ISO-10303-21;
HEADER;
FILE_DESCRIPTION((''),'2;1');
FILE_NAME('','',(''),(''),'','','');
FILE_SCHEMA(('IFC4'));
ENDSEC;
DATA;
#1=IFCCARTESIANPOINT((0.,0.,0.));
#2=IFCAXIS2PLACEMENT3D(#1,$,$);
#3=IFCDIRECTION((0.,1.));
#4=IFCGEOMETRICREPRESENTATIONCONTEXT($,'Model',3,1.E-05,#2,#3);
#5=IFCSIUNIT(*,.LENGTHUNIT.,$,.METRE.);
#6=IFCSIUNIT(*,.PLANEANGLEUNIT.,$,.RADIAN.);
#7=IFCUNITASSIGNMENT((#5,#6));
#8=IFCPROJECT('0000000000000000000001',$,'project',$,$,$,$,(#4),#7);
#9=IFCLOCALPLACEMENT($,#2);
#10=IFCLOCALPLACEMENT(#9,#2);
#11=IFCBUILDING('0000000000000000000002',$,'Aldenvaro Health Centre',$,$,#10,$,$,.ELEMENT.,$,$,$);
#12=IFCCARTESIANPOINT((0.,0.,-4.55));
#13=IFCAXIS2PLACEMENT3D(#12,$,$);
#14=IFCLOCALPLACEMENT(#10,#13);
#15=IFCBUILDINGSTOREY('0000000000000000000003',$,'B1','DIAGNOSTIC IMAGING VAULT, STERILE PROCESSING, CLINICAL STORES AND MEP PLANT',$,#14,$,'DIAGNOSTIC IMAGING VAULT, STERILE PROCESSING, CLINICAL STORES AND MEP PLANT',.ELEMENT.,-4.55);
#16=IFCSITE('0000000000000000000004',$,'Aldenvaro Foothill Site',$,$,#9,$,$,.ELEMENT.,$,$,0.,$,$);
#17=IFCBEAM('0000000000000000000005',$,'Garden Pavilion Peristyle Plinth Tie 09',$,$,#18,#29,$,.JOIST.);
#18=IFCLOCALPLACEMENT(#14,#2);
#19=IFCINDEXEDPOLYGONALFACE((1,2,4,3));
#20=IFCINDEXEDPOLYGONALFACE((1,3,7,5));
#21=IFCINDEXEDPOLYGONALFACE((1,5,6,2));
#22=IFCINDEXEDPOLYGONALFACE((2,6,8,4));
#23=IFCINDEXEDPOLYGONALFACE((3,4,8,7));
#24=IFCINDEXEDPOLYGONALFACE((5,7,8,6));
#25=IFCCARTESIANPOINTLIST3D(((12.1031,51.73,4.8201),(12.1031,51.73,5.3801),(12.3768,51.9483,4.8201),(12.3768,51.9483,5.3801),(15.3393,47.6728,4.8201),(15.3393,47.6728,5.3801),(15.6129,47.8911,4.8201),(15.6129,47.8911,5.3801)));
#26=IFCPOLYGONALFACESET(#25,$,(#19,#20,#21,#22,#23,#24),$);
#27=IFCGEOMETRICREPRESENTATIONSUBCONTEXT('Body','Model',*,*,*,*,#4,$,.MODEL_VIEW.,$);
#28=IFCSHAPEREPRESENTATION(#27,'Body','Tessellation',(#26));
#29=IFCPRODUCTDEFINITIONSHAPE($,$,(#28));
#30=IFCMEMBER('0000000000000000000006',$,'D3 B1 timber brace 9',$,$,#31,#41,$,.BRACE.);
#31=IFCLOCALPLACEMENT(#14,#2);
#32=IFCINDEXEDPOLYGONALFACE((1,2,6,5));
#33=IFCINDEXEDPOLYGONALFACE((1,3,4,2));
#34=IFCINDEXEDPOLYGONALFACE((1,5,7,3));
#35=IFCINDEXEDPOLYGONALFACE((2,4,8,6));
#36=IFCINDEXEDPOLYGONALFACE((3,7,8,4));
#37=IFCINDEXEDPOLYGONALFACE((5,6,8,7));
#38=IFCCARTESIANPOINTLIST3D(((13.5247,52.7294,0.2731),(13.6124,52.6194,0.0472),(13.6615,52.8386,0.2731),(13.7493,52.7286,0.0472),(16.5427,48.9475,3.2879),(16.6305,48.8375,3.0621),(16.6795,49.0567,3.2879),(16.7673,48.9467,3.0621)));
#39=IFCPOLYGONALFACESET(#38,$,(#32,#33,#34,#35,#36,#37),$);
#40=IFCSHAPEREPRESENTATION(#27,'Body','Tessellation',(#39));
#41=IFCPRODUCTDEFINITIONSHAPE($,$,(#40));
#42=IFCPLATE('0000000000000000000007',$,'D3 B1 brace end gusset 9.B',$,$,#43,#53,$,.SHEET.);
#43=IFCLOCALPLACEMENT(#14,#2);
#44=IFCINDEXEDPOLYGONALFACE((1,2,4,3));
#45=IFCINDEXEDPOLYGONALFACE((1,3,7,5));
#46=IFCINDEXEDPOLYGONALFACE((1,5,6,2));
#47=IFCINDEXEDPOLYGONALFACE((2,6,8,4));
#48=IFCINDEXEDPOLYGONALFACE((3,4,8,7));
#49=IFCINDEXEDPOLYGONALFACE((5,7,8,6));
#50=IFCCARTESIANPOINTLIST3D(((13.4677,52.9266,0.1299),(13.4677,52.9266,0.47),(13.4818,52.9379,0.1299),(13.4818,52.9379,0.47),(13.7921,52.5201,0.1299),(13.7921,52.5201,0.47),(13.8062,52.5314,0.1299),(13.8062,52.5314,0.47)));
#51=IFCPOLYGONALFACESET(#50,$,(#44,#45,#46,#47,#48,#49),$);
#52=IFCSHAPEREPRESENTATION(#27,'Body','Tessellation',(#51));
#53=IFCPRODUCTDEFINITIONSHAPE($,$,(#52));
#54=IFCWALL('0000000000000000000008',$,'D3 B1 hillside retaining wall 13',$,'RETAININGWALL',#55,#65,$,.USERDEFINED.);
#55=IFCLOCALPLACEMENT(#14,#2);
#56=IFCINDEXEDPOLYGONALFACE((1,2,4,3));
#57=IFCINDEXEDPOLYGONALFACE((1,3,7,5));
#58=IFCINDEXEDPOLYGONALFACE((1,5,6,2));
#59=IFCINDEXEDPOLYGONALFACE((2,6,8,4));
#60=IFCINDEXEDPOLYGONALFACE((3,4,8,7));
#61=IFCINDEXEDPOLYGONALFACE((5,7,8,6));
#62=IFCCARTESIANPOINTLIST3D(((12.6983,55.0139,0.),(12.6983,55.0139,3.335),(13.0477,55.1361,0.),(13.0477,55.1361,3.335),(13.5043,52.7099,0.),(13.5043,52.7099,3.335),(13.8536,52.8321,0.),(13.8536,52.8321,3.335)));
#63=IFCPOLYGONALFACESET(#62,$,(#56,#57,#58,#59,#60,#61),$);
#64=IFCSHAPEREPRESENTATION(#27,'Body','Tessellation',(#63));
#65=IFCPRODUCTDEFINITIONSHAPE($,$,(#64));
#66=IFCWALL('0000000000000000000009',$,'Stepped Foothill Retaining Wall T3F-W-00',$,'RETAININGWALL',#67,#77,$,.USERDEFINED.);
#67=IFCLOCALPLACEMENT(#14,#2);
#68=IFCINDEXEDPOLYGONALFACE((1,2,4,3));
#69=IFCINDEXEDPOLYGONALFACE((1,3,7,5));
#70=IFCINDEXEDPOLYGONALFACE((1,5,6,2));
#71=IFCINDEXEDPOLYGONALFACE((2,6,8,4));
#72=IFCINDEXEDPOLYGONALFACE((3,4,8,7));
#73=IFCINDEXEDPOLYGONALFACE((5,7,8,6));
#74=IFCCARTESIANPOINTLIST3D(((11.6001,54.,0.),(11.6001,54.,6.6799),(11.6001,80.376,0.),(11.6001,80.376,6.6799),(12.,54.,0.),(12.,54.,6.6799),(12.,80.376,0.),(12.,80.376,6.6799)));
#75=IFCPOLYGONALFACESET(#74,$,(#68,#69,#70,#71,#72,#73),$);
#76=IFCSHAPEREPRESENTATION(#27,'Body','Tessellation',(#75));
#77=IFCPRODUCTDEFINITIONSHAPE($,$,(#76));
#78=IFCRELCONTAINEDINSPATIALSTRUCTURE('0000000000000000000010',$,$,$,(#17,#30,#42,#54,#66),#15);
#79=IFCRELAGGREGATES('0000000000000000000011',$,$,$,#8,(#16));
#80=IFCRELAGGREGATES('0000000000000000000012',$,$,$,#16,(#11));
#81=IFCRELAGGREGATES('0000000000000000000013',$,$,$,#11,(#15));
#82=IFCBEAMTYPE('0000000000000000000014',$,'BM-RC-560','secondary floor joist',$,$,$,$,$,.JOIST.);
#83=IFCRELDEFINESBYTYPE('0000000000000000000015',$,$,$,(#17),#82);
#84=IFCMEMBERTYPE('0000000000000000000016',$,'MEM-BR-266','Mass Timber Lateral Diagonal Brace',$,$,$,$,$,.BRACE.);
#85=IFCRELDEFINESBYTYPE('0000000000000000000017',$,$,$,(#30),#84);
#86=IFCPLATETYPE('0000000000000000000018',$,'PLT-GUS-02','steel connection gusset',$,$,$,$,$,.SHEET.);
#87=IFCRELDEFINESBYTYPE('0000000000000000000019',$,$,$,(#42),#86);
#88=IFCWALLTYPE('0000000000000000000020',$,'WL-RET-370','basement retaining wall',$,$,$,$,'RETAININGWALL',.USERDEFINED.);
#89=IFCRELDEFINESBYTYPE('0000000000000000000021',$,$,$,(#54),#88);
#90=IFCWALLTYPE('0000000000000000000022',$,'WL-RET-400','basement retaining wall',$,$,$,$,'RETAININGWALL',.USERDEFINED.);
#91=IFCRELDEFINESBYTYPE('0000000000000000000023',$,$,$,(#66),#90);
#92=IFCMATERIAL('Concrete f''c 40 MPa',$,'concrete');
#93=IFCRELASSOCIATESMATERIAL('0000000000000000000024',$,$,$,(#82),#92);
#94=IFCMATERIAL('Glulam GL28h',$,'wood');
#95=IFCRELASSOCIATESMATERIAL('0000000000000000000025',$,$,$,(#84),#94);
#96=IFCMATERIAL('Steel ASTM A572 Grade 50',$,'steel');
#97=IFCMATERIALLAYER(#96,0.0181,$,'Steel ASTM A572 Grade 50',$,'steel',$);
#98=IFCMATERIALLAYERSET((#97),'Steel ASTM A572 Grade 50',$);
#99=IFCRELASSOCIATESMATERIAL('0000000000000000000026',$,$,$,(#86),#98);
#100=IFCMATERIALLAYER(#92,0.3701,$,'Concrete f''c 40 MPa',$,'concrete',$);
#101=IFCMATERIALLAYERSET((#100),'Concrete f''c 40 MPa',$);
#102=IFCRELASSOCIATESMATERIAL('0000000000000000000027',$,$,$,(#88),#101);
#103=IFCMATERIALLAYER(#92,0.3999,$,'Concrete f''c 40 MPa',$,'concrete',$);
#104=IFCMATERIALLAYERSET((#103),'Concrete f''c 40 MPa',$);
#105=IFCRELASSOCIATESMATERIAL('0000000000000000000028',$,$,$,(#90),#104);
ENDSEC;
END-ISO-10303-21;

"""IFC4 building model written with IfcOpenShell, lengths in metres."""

from ifc_helpers import new_model, si_unit, direction, frame, frame_2d, origin, origin_2d, place, context, subcontext, project, spatial, rectangle, extrude, material, layer, layer_set, material_profile, profile_set, type_object, element, save


model = new_model("IFC4")

# Units and contexts
model_context = context("Model", 3, precision=1e-05, world=origin(), true_north=direction((0.0, 1.0)))
body_context = subcontext(model_context, "Body", "Model", "MODEL_VIEW")
ifc_project = project(units=[si_unit("LENGTHUNIT", "METRE"), si_unit("PLANEANGLEUNIT", "RADIAN")], contexts=[model_context])

# Site, building, storey
site_placement = place(None, origin())
site = spatial("IfcSite", under=ifc_project, at=site_placement, Name="Aldenvaro Foothill Site", CompositionType="ELEMENT", RefElevation=0.0)
building_placement = place(site_placement, origin())
building = spatial("IfcBuilding", under=site, at=building_placement, Name="Aldenvaro Health Centre", CompositionType="ELEMENT")
storey_placement = place(building_placement, frame((0.0, 0.0, -4.55)))
storey = spatial("IfcBuildingStorey", under=building, at=storey_placement, Name="B1", Description="DIAGNOSTIC IMAGING VAULT, STERILE PROCESSING, CLINICAL STORES AND MEP PLANT", LongName="DIAGNOSTIC IMAGING VAULT, STERILE PROCESSING, CLINICAL STORES AND MEP PLANT", CompositionType="ELEMENT", Elevation=-4.55)

# Shared definitions
ifc_material_1 = material(Name="Concrete f'c 40 MPa", Category="concrete")

# Beam
ifc_material_profile_1 = material_profile(ifc_material_1, rectangle(XDim=0.3501, YDim=0.5601, at=origin_2d()), Name="RC 350x560", Category="concrete")
ifc_profile_set_1 = profile_set([ifc_material_profile_1], Name="Concrete f'c 40 MPa")
beam_type = type_object("IfcBeamType", Name="BM-RC-560", Description="secondary floor joist", PredefinedType="JOIST", material=ifc_profile_set_1)
beam_placement = place(storey_placement, frame((12.24, 51.8391, 5.1001), z_axis=(0.623564, -0.781772, 0.0), x_axis=(0.781772, 0.623564, 0.0)))
element("IfcBeam", 1, at=beam_placement, inside=storey, type_object=beam_type, Name="Garden Pavilion Peristyle Plinth Tie 09", PredefinedType="JOIST", context=body_context, shape_type="SweptSolid", body=[
    extrude(rectangle(XDim=0.3501, YDim=0.5601, at=origin_2d()), origin(), (0.0, 0.0, 1.0), 5.1897),
])

# Member
ifc_material_2 = material(Name="Glulam GL28h", Category="wood")
ifc_material_profile_2 = material_profile(ifc_material_2, rectangle(XDim=0.175, YDim=0.2661, at=origin_2d()), Name="GL 175x266", Category="wood")
ifc_profile_set_2 = profile_set([ifc_material_profile_2], Name="Glulam GL28h")
member_type = type_object("IfcMemberType", Name="MEM-BR-266", Description="Mass Timber Lateral Diagonal Brace", PredefinedType="BRACE", material=ifc_profile_set_2)
member_placement = place(storey_placement, frame((13.637, 52.729, 0.1602), z_axis=(0.52939, -0.663386, 0.528833), x_axis=(0.781626, 0.623747, 0.0)))
element("IfcMember", 2, at=member_placement, inside=storey, type_object=member_type, Name="D3 B1 timber brace 9", PredefinedType="BRACE", context=body_context, shape_type="SweptSolid", body=[
    extrude(rectangle(XDim=0.175, YDim=0.2661, at=origin_2d()), origin(), (0.0, 0.0, 1.0), 5.7009),
])

# Plate
ifc_material_3 = material(Name="Steel ASTM A572 Grade 50", Category="steel")
ifc_layer_1 = layer(ifc_material_3, 0.0181, Name="Steel ASTM A572 Grade 50", Category="steel")
ifc_layer_set_1 = layer_set([ifc_layer_1], Name="Steel ASTM A572 Grade 50")
plate_type = type_object("IfcPlateType", Name="PLT-GUS-02", Description="steel connection gusset", PredefinedType="SHEET", material=ifc_layer_set_1)
plate_placement = place(storey_placement, frame((13.637, 52.729, 0.1299), z_axis=(0.0, 0.0, 1.0), x_axis=(0.623743, -0.781629, 0.0)))
element("IfcPlate", 3, at=plate_placement, inside=storey, type_object=plate_type, Name="D3 B1 brace end gusset 9.B", PredefinedType="SHEET", context=body_context, shape_type="SweptSolid", body=[
    extrude(rectangle(XDim=0.52, YDim=0.0181, at=origin_2d()), origin(), (0.0, 0.0, 1.0), 0.3401),
])

# Walls
ifc_layer_2 = layer(ifc_material_1, 0.3701, Name="Concrete f'c 40 MPa", Category="concrete")
ifc_layer_set_2 = layer_set([ifc_layer_2], Name="Concrete f'c 40 MPa")
wall_type_1 = type_object("IfcWallType", Name="WL-RET-370", Description="basement retaining wall", ElementType="RETAININGWALL", PredefinedType="USERDEFINED", material=ifc_layer_set_2)
wall_1_placement = place(storey_placement, frame((13.679, 52.771, 0.0), z_axis=(0.0, 0.0, 1.0), x_axis=(-0.330177, 0.943919, 0.0)))
element("IfcWall", 4, at=wall_1_placement, inside=storey, type_object=wall_type_1, Name="D3 B1 hillside retaining wall 13", ObjectType="RETAININGWALL", PredefinedType="USERDEFINED", context=body_context, shape_type="SweptSolid", body=[
    extrude(rectangle(XDim=2.4409, YDim=0.3701, at=frame_2d((1.2205, 0.0))), origin(), (0.0, 0.0, 1.0), 3.335),
])
ifc_layer_3 = layer(ifc_material_1, 0.3999, Name="Concrete f'c 40 MPa", Category="concrete")
ifc_layer_set_3 = layer_set([ifc_layer_3], Name="Concrete f'c 40 MPa")
wall_type_2 = type_object("IfcWallType", Name="WL-RET-400", Description="basement retaining wall", ElementType="RETAININGWALL", PredefinedType="USERDEFINED", material=ifc_layer_set_3)
wall_2_placement = place(storey_placement, frame((11.8, 54.0, 0.0), z_axis=(0.0, 0.0, 1.0), x_axis=(0.0, 1.0, 0.0)))
element("IfcWall", 5, at=wall_2_placement, inside=storey, type_object=wall_type_2, Name="Stepped Foothill Retaining Wall T3F-W-00", ObjectType="RETAININGWALL", PredefinedType="USERDEFINED", context=body_context, shape_type="SweptSolid", body=[
    extrude(rectangle(XDim=26.376, YDim=0.3999, at=frame_2d((13.188, 0.0))), origin(), (0.0, 0.0, 1.0), 6.6799),
])

save(model, "model.ifc")
